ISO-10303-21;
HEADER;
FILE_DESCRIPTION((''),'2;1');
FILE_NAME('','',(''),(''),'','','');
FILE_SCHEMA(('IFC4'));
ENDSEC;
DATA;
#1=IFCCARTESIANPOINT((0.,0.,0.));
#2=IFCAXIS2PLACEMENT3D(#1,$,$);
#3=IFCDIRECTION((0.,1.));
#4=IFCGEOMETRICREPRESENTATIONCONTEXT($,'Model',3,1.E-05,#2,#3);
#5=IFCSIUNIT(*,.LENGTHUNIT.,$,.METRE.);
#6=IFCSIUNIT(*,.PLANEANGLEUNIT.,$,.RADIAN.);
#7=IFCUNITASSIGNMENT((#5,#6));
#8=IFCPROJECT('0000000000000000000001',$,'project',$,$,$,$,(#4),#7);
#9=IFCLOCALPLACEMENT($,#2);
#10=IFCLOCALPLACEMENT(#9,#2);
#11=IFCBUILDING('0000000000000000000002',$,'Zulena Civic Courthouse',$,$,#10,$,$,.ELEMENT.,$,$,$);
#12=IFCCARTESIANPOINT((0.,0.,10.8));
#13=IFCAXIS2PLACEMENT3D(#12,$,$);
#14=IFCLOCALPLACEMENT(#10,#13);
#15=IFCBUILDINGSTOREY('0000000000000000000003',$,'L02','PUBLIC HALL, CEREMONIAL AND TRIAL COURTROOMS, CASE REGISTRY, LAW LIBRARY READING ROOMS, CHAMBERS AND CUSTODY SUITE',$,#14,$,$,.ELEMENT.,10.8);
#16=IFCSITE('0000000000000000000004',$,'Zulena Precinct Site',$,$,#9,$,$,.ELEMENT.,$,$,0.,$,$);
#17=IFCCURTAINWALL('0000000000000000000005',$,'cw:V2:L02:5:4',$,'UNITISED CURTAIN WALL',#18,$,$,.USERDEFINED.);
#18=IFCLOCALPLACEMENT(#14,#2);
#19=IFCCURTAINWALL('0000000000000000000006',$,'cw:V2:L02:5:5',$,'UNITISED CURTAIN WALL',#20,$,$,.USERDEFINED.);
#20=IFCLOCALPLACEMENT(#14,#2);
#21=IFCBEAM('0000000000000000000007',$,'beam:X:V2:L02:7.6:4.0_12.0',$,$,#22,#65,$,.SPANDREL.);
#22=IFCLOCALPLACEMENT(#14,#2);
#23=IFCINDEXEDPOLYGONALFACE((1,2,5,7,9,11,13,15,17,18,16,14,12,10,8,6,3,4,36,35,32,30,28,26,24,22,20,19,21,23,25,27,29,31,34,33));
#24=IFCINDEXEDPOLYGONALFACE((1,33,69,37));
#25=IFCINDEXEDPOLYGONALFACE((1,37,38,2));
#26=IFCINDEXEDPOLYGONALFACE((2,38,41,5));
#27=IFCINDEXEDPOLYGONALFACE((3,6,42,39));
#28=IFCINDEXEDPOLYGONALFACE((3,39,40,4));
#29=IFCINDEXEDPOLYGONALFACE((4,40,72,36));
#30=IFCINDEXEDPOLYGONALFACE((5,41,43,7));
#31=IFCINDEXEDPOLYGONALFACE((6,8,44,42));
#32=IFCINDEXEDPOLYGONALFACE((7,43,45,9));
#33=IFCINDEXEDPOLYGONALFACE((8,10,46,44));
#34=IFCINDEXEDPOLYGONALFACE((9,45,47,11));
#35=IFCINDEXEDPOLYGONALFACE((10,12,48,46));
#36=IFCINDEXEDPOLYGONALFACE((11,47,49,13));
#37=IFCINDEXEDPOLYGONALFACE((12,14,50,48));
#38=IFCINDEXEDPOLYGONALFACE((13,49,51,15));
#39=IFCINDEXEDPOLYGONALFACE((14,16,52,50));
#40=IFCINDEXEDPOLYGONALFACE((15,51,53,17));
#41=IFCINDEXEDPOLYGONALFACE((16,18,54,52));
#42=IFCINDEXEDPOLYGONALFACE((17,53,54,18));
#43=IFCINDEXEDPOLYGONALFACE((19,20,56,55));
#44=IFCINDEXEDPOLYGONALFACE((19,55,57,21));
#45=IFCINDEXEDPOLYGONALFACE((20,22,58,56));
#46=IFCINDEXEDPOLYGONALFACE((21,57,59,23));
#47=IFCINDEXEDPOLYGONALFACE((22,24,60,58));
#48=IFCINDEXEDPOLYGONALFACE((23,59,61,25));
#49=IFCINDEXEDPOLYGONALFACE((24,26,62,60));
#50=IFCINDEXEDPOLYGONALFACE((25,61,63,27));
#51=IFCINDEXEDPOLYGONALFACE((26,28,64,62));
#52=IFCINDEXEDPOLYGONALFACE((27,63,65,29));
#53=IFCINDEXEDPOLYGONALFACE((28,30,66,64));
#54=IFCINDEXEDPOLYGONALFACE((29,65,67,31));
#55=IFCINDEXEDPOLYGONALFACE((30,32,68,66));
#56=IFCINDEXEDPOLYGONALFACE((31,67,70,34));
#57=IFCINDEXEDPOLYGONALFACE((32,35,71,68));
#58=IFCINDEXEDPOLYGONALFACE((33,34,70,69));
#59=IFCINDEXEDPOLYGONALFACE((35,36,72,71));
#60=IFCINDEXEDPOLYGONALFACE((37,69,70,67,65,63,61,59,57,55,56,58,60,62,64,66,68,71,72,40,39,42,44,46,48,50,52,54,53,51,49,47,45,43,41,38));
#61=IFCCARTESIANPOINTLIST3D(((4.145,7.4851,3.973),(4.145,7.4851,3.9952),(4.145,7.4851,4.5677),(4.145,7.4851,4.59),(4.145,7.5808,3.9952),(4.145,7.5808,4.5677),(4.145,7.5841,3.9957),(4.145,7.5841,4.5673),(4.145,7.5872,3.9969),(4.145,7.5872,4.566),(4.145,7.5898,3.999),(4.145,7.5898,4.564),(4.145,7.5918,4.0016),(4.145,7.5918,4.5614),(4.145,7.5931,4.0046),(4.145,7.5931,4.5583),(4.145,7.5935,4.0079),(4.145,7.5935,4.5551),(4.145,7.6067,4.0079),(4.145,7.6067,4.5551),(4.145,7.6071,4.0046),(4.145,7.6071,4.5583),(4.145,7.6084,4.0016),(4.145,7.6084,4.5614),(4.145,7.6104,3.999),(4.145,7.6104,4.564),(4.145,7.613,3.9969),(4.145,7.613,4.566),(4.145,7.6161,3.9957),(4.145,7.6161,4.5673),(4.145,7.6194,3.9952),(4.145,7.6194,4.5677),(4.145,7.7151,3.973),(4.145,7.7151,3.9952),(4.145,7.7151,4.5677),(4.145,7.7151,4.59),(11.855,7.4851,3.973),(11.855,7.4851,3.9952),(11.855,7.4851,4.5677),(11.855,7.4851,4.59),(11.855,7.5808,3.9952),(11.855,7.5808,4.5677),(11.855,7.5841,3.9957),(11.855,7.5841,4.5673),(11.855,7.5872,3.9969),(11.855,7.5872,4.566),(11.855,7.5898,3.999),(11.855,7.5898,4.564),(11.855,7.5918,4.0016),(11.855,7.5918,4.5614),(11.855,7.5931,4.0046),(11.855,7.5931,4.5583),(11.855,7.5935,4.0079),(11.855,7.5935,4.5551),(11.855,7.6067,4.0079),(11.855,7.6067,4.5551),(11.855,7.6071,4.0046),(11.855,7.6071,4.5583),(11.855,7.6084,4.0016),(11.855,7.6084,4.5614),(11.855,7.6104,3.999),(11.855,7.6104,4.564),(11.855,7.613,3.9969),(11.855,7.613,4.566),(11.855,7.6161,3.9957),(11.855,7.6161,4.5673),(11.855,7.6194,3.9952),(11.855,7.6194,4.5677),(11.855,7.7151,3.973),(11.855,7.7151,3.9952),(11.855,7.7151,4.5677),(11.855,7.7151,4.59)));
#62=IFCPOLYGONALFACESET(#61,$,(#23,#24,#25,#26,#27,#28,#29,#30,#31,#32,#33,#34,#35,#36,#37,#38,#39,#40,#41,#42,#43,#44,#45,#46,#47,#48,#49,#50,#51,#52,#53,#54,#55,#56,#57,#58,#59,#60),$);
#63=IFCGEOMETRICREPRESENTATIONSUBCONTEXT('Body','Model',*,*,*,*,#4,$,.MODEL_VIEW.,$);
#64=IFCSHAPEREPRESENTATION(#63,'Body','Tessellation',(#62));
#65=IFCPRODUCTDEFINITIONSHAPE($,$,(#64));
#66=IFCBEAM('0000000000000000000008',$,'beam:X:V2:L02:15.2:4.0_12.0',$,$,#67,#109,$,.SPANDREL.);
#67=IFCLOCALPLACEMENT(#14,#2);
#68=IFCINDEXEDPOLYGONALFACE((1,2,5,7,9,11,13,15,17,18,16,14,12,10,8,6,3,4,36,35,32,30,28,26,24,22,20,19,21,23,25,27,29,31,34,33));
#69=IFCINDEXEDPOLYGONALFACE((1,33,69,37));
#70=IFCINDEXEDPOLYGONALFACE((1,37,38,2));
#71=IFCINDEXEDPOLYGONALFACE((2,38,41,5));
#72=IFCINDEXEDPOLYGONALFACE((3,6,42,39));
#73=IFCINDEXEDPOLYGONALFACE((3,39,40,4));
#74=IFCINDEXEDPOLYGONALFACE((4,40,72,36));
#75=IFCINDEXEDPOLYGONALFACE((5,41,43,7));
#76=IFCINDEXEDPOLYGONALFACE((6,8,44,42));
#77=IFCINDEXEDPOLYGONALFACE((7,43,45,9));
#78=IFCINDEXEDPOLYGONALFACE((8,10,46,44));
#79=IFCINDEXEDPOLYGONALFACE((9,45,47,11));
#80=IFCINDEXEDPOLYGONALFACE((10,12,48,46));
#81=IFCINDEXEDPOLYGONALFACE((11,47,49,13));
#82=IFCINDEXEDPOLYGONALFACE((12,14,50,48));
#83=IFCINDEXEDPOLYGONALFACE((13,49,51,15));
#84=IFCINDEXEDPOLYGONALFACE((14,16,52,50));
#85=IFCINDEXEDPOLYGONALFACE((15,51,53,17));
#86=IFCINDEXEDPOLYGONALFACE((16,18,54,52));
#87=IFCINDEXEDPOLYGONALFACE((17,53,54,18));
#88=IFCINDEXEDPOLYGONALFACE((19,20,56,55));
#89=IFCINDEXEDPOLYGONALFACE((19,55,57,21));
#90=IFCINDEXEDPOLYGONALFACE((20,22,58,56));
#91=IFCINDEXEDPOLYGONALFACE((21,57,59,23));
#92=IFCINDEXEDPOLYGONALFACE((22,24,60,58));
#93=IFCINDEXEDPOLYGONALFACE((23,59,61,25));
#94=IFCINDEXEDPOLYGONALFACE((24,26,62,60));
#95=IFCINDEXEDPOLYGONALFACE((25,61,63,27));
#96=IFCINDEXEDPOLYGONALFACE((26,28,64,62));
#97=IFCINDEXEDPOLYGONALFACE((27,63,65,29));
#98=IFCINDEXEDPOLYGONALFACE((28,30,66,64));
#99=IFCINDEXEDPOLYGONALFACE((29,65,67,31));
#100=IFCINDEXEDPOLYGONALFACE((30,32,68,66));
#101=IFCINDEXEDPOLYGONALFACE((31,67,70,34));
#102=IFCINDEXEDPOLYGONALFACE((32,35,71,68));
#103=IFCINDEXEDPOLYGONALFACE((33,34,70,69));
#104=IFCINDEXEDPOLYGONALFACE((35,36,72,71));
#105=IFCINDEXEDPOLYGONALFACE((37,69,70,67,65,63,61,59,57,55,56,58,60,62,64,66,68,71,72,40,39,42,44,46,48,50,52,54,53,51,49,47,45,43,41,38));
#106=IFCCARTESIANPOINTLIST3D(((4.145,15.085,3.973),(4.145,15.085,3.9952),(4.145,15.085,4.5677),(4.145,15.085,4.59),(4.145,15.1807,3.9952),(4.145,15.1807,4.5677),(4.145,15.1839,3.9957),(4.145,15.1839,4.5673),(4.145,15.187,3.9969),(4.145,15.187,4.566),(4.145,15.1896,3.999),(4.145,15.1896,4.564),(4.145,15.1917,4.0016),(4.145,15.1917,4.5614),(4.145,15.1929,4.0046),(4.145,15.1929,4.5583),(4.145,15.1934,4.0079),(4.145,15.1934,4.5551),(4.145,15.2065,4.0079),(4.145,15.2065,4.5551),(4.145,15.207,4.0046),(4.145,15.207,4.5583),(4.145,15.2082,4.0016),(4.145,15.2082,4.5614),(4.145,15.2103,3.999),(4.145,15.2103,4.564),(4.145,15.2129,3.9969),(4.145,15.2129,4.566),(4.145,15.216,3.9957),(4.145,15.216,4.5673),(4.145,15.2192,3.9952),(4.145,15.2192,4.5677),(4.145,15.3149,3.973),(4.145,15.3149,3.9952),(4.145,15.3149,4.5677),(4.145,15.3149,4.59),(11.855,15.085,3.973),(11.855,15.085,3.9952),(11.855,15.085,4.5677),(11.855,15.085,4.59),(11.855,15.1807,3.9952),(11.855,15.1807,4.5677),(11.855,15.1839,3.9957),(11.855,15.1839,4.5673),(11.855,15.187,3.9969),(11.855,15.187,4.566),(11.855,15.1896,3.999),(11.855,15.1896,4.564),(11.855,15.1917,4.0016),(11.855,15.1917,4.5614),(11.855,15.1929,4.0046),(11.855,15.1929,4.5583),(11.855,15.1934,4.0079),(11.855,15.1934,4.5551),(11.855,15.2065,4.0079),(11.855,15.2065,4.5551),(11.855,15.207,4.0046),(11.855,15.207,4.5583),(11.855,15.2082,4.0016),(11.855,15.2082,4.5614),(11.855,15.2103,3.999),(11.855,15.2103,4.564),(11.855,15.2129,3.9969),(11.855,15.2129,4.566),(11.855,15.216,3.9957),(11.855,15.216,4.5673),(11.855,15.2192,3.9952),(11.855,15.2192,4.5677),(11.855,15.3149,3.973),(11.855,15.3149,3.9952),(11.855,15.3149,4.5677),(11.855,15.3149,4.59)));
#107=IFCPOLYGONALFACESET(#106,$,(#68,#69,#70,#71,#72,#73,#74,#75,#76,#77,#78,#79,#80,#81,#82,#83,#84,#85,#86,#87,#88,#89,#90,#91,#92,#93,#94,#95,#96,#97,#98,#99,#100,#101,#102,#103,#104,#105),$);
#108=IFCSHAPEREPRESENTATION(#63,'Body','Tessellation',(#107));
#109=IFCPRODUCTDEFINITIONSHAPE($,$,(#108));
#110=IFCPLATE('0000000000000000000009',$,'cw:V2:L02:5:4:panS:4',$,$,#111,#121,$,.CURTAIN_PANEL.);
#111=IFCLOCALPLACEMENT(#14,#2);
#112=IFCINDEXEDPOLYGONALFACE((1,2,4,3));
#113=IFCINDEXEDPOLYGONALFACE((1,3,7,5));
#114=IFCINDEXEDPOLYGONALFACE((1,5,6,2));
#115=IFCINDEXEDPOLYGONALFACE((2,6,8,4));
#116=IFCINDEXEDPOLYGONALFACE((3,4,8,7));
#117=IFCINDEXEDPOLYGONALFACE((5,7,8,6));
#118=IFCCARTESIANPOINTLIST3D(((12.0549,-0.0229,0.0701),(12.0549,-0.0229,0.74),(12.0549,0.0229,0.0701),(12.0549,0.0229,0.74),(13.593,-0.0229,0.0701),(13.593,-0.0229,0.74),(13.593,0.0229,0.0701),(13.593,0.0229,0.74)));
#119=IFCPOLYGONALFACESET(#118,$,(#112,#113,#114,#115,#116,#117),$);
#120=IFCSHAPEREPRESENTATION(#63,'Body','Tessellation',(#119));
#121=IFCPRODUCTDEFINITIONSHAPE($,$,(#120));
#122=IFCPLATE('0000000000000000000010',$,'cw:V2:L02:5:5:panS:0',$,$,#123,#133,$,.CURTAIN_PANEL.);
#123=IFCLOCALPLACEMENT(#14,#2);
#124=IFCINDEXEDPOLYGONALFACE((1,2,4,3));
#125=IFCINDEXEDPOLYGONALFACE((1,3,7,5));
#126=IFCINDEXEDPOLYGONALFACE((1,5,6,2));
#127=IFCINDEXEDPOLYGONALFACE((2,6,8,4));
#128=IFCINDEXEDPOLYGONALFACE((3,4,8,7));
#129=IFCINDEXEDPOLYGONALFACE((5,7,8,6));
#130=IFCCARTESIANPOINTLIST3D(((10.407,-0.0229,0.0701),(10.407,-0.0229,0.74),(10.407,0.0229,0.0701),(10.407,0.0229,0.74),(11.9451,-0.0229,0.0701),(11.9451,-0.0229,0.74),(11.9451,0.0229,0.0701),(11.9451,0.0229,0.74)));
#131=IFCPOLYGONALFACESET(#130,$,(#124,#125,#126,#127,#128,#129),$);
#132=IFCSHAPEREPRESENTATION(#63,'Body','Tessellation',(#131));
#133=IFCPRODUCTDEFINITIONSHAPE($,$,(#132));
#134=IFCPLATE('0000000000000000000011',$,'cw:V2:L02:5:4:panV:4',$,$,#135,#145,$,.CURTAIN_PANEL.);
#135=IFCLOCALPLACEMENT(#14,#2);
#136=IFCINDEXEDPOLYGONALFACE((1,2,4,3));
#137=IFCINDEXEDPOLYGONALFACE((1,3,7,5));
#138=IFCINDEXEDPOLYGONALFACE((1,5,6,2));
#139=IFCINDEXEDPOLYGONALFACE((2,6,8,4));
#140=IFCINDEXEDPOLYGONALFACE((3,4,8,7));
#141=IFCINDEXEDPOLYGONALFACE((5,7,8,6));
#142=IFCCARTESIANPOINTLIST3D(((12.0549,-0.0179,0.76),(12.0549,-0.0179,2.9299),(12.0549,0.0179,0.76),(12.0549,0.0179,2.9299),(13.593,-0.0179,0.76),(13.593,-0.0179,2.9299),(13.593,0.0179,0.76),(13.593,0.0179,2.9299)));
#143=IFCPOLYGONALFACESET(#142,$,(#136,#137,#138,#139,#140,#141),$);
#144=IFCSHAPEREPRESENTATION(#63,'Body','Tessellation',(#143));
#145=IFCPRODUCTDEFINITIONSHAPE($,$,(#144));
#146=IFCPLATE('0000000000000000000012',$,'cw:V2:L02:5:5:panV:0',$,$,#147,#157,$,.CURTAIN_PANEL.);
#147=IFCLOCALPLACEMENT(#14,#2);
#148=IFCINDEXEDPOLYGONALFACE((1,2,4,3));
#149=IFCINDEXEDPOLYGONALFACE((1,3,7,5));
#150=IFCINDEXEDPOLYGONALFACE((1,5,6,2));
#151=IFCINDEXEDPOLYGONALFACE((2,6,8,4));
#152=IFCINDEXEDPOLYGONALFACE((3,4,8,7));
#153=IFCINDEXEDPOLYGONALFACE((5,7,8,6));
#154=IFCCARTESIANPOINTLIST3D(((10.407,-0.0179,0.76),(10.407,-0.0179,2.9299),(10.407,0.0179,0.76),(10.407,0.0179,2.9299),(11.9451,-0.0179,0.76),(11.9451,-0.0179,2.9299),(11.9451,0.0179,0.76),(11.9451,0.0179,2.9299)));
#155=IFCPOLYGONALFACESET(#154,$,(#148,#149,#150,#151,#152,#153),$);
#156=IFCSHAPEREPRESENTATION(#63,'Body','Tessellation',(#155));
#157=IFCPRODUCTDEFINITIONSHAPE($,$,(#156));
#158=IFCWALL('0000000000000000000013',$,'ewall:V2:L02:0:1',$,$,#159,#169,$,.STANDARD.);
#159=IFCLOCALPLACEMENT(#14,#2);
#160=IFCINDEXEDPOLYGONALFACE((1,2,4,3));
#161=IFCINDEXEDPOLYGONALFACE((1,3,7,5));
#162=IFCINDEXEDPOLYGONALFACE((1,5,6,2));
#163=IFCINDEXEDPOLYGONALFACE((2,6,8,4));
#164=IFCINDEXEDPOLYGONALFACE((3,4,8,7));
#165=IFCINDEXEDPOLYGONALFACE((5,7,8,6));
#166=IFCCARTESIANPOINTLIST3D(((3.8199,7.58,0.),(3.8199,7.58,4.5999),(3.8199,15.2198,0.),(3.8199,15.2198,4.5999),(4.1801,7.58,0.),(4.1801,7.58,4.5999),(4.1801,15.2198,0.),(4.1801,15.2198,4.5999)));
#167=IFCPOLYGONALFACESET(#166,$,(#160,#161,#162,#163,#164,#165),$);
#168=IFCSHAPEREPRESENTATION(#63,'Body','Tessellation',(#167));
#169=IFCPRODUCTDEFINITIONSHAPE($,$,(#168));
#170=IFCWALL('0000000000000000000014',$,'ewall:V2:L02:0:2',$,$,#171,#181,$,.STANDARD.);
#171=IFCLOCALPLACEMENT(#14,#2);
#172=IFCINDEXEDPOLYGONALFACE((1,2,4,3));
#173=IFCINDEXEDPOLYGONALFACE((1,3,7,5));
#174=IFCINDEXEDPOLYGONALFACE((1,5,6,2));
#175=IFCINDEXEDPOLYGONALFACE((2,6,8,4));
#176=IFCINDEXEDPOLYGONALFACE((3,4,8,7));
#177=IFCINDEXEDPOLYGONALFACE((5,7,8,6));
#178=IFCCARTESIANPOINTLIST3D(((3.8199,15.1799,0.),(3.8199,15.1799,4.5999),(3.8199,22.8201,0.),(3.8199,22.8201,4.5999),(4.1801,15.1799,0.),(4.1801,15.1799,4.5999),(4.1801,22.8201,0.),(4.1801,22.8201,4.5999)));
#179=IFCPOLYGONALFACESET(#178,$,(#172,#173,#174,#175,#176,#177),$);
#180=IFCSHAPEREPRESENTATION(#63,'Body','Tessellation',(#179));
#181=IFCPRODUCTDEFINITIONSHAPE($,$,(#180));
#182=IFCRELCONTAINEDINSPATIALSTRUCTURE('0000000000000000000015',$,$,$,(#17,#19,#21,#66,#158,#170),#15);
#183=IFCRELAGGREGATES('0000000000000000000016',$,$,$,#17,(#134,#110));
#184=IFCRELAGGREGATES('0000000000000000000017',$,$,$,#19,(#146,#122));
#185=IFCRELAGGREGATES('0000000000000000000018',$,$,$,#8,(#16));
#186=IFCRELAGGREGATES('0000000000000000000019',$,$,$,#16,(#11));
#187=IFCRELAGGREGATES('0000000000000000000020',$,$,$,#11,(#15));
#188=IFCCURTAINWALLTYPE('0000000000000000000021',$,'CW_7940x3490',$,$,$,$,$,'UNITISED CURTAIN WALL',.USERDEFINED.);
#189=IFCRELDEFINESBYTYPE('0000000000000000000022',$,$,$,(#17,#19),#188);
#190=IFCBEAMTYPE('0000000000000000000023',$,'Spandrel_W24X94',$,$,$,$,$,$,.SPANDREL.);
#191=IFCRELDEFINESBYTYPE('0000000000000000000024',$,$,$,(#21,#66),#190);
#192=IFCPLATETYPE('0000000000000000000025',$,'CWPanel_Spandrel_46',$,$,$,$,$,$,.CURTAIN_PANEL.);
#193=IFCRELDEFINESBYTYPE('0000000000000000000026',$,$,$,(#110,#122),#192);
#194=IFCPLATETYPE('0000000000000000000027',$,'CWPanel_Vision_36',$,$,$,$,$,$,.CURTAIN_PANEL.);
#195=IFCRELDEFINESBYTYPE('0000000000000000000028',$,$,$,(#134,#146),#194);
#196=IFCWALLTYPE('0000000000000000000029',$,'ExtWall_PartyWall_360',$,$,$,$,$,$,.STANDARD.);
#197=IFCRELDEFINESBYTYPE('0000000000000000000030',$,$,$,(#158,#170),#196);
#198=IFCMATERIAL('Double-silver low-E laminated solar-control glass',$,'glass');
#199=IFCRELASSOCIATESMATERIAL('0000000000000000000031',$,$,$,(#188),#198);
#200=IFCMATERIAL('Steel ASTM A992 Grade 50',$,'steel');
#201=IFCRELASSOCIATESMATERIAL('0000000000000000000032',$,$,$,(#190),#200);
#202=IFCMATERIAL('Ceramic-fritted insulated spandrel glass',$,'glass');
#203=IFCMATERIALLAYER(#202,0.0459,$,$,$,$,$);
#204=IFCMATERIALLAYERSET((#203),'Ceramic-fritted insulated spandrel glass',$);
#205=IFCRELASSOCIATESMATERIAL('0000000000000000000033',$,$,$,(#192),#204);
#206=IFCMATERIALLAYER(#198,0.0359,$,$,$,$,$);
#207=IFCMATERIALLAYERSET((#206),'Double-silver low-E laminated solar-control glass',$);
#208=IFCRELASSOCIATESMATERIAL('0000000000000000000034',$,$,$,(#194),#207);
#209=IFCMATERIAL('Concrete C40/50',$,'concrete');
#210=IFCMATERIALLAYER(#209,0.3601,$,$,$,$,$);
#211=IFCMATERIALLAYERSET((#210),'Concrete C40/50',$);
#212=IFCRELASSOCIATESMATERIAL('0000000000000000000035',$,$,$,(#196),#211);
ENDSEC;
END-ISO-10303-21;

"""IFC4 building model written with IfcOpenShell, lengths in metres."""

from ifc_helpers import new_model, si_unit, direction, frame, frame_2d, origin, origin_2d, place, context, subcontext, project, spatial, rectangle, i_section, extrude, material, layer, layer_set, material_profile, profile_set, type_object, element, aggregate, save


model = new_model("IFC4")

# Units and contexts
model_context = context("Model", 3, precision=1e-05, world=origin(), true_north=direction((0.0, 1.0)))
body_context = subcontext(model_context, "Body", "Model", "MODEL_VIEW")
ifc_project = project(units=[si_unit("LENGTHUNIT", "METRE"), si_unit("PLANEANGLEUNIT", "RADIAN")], contexts=[model_context])

# Site, building, storey
site_placement = place(None, origin())
site = spatial("IfcSite", under=ifc_project, at=site_placement, Name="Zulena Precinct Site", CompositionType="ELEMENT", RefElevation=0.0)
building_placement = place(site_placement, origin())
building = spatial("IfcBuilding", under=site, at=building_placement, Name="Zulena Civic Courthouse", CompositionType="ELEMENT")
storey_placement = place(building_placement, frame((0.0, 0.0, 10.8)))
storey = spatial("IfcBuildingStorey", under=building, at=storey_placement, Name="L02", Description="PUBLIC HALL, CEREMONIAL AND TRIAL COURTROOMS, CASE REGISTRY, LAW LIBRARY READING ROOMS, CHAMBERS AND CUSTODY SUITE", CompositionType="ELEMENT", Elevation=10.8)

# Shared definitions
ifc_material_1 = material(Name="Steel ASTM A992 Grade 50", Category="steel")

# Curtain walls
ifc_material_2 = material(Name="Double-silver low-E laminated solar-control glass", Category="glass")
curtain_wall_type = type_object("IfcCurtainWallType", Name="CW_7940x3490", ElementType="UNITISED CURTAIN WALL", PredefinedType="USERDEFINED", material=ifc_material_2)
curtain_wall_1_placement = place(storey_placement, origin())
curtain_wall_1 = element("IfcCurtainWall", 1, at=curtain_wall_1_placement, inside=storey, type_object=curtain_wall_type, Name="cw:V2:L02:5:4", ObjectType="UNITISED CURTAIN WALL", PredefinedType="USERDEFINED")
curtain_wall_2_placement = place(storey_placement, origin())
curtain_wall_2 = element("IfcCurtainWall", 2, at=curtain_wall_2_placement, inside=storey, type_object=curtain_wall_type, Name="cw:V2:L02:5:5", ObjectType="UNITISED CURTAIN WALL", PredefinedType="USERDEFINED")

# Beams
ifc_material_profile_1 = material_profile(ifc_material_1, i_section(OverallWidth=0.23, OverallDepth=0.6169, WebThickness=0.0132, FlangeThickness=0.0222, FilletRadius=0.0127, at=origin_2d()), Name="W24X94")
ifc_profile_set_1 = profile_set([ifc_material_profile_1], Name="Steel ASTM A992 Grade 50")
beam_type_1 = type_object("IfcBeamType", Name="Spandrel_W24X94", PredefinedType="SPANDREL", material=ifc_profile_set_1)
for number, where, z_axis, x_axis, name in (
    (3, (4.145, 7.6001, 4.2815), (1.0, 0.0, 0.0), (0.0, 1.0, 0.0), "beam:X:V2:L02:7.6:4.0_12.0"),
    (4, (4.145, 15.2, 4.2815), (1.0, 0.0, 0.0), (0.0, 1.0, 0.0), "beam:X:V2:L02:15.2:4.0_12.0"),
):
    element("IfcBeam", number, at=place(storey_placement, frame(where, z_axis=z_axis, x_axis=x_axis)), inside=storey, type_object=beam_type_1, Name=name, PredefinedType="SPANDREL", context=body_context, shape_type="SweptSolid", body=[
        extrude(i_section(OverallWidth=0.23, OverallDepth=0.6169, WebThickness=0.0132, FlangeThickness=0.0222, FilletRadius=0.0127, at=origin_2d()), origin(), (0.0, 0.0, 1.0), 7.71),
    ])

# Plates
ifc_material_3 = material(Name="Ceramic-fritted insulated spandrel glass", Category="glass")
ifc_layer_1 = layer(ifc_material_3, 0.0459)
ifc_layer_set_1 = layer_set([ifc_layer_1], Name="Ceramic-fritted insulated spandrel glass")
plate_type_1 = type_object("IfcPlateType", Name="CWPanel_Spandrel_46", PredefinedType="CURTAIN_PANEL", material=ifc_layer_set_1)
plate_1_placement = place(storey_placement, frame((12.824, 0.0, 0.0701), z_axis=(0.0, 0.0, 1.0), x_axis=(-1.0, 0.0, 0.0)))
plate_1 = element("IfcPlate", 5, at=plate_1_placement, type_object=plate_type_1, Name="cw:V2:L02:5:4:panS:4", PredefinedType="CURTAIN_PANEL", context=body_context, shape_type="SweptSolid", body=[
    extrude(rectangle(XDim=1.5381, YDim=0.0459, at=origin_2d()), origin(), (0.0, 0.0, 1.0), 0.6699),
])
plate_2_placement = place(storey_placement, frame((11.176, 0.0, 0.0701), z_axis=(0.0, 0.0, 1.0), x_axis=(-1.0, 0.0, 0.0)))
plate_2 = element("IfcPlate", 6, at=plate_2_placement, type_object=plate_type_1, Name="cw:V2:L02:5:5:panS:0", PredefinedType="CURTAIN_PANEL", context=body_context, shape_type="SweptSolid", body=[
    extrude(rectangle(XDim=1.5381, YDim=0.0459, at=origin_2d()), origin(), (0.0, 0.0, 1.0), 0.6699),
])
ifc_layer_2 = layer(ifc_material_2, 0.0359)
ifc_layer_set_2 = layer_set([ifc_layer_2], Name="Double-silver low-E laminated solar-control glass")
plate_type_2 = type_object("IfcPlateType", Name="CWPanel_Vision_36", PredefinedType="CURTAIN_PANEL", material=ifc_layer_set_2)
plate_3_placement = place(storey_placement, frame((12.824, 0.0, 0.76), z_axis=(0.0, 0.0, 1.0), x_axis=(-1.0, 0.0, 0.0)))
plate_3 = element("IfcPlate", 7, at=plate_3_placement, type_object=plate_type_2, Name="cw:V2:L02:5:4:panV:4", PredefinedType="CURTAIN_PANEL", context=body_context, shape_type="SweptSolid", body=[
    extrude(rectangle(XDim=1.5381, YDim=0.0359, at=origin_2d()), origin(), (0.0, 0.0, 1.0), 2.1699),
])
aggregate(curtain_wall_1, [plate_3, plate_1])
plate_4_placement = place(storey_placement, frame((11.176, 0.0, 0.76), z_axis=(0.0, 0.0, 1.0), x_axis=(-1.0, 0.0, 0.0)))
plate_4 = element("IfcPlate", 8, at=plate_4_placement, type_object=plate_type_2, Name="cw:V2:L02:5:5:panV:0", PredefinedType="CURTAIN_PANEL", context=body_context, shape_type="SweptSolid", body=[
    extrude(rectangle(XDim=1.5381, YDim=0.0359, at=origin_2d()), origin(), (0.0, 0.0, 1.0), 2.1699),
])
aggregate(curtain_wall_2, [plate_4, plate_2])

# Walls
ifc_material_4 = material(Name="Concrete C40/50", Category="concrete")
ifc_layer_3 = layer(ifc_material_4, 0.3601)
ifc_layer_set_3 = layer_set([ifc_layer_3], Name="Concrete C40/50")
wall_type_1 = type_object("IfcWallType", Name="ExtWall_PartyWall_360", PredefinedType="STANDARD", material=ifc_layer_set_3)
wall_1_placement = place(storey_placement, frame((4.0, 7.5801, 0.0), z_axis=(0.0, 0.0, 1.0), x_axis=(0.0, 1.0, 0.0)))
element("IfcWall", 9, at=wall_1_placement, inside=storey, type_object=wall_type_1, Name="ewall:V2:L02:0:1", PredefinedType="STANDARD", context=body_context, shape_type="SweptSolid", body=[
    extrude(rectangle(XDim=7.6399, YDim=0.3601, at=frame_2d((3.8198, 0.0))), origin(), (0.0, 0.0, 1.0), 4.5999),
])
wall_2_placement = place(storey_placement, frame((4.0, 15.1799, 0.0), z_axis=(0.0, 0.0, 1.0), x_axis=(0.0, 1.0, 0.0)))
element("IfcWall", 10, at=wall_2_placement, inside=storey, type_object=wall_type_1, Name="ewall:V2:L02:0:2", PredefinedType="STANDARD", context=body_context, shape_type="SweptSolid", body=[
    extrude(rectangle(XDim=7.6401, YDim=0.3601, at=frame_2d((3.8201, 0.0))), origin(), (0.0, 0.0, 1.0), 4.5999),
])

save(model, "model.ifc")
